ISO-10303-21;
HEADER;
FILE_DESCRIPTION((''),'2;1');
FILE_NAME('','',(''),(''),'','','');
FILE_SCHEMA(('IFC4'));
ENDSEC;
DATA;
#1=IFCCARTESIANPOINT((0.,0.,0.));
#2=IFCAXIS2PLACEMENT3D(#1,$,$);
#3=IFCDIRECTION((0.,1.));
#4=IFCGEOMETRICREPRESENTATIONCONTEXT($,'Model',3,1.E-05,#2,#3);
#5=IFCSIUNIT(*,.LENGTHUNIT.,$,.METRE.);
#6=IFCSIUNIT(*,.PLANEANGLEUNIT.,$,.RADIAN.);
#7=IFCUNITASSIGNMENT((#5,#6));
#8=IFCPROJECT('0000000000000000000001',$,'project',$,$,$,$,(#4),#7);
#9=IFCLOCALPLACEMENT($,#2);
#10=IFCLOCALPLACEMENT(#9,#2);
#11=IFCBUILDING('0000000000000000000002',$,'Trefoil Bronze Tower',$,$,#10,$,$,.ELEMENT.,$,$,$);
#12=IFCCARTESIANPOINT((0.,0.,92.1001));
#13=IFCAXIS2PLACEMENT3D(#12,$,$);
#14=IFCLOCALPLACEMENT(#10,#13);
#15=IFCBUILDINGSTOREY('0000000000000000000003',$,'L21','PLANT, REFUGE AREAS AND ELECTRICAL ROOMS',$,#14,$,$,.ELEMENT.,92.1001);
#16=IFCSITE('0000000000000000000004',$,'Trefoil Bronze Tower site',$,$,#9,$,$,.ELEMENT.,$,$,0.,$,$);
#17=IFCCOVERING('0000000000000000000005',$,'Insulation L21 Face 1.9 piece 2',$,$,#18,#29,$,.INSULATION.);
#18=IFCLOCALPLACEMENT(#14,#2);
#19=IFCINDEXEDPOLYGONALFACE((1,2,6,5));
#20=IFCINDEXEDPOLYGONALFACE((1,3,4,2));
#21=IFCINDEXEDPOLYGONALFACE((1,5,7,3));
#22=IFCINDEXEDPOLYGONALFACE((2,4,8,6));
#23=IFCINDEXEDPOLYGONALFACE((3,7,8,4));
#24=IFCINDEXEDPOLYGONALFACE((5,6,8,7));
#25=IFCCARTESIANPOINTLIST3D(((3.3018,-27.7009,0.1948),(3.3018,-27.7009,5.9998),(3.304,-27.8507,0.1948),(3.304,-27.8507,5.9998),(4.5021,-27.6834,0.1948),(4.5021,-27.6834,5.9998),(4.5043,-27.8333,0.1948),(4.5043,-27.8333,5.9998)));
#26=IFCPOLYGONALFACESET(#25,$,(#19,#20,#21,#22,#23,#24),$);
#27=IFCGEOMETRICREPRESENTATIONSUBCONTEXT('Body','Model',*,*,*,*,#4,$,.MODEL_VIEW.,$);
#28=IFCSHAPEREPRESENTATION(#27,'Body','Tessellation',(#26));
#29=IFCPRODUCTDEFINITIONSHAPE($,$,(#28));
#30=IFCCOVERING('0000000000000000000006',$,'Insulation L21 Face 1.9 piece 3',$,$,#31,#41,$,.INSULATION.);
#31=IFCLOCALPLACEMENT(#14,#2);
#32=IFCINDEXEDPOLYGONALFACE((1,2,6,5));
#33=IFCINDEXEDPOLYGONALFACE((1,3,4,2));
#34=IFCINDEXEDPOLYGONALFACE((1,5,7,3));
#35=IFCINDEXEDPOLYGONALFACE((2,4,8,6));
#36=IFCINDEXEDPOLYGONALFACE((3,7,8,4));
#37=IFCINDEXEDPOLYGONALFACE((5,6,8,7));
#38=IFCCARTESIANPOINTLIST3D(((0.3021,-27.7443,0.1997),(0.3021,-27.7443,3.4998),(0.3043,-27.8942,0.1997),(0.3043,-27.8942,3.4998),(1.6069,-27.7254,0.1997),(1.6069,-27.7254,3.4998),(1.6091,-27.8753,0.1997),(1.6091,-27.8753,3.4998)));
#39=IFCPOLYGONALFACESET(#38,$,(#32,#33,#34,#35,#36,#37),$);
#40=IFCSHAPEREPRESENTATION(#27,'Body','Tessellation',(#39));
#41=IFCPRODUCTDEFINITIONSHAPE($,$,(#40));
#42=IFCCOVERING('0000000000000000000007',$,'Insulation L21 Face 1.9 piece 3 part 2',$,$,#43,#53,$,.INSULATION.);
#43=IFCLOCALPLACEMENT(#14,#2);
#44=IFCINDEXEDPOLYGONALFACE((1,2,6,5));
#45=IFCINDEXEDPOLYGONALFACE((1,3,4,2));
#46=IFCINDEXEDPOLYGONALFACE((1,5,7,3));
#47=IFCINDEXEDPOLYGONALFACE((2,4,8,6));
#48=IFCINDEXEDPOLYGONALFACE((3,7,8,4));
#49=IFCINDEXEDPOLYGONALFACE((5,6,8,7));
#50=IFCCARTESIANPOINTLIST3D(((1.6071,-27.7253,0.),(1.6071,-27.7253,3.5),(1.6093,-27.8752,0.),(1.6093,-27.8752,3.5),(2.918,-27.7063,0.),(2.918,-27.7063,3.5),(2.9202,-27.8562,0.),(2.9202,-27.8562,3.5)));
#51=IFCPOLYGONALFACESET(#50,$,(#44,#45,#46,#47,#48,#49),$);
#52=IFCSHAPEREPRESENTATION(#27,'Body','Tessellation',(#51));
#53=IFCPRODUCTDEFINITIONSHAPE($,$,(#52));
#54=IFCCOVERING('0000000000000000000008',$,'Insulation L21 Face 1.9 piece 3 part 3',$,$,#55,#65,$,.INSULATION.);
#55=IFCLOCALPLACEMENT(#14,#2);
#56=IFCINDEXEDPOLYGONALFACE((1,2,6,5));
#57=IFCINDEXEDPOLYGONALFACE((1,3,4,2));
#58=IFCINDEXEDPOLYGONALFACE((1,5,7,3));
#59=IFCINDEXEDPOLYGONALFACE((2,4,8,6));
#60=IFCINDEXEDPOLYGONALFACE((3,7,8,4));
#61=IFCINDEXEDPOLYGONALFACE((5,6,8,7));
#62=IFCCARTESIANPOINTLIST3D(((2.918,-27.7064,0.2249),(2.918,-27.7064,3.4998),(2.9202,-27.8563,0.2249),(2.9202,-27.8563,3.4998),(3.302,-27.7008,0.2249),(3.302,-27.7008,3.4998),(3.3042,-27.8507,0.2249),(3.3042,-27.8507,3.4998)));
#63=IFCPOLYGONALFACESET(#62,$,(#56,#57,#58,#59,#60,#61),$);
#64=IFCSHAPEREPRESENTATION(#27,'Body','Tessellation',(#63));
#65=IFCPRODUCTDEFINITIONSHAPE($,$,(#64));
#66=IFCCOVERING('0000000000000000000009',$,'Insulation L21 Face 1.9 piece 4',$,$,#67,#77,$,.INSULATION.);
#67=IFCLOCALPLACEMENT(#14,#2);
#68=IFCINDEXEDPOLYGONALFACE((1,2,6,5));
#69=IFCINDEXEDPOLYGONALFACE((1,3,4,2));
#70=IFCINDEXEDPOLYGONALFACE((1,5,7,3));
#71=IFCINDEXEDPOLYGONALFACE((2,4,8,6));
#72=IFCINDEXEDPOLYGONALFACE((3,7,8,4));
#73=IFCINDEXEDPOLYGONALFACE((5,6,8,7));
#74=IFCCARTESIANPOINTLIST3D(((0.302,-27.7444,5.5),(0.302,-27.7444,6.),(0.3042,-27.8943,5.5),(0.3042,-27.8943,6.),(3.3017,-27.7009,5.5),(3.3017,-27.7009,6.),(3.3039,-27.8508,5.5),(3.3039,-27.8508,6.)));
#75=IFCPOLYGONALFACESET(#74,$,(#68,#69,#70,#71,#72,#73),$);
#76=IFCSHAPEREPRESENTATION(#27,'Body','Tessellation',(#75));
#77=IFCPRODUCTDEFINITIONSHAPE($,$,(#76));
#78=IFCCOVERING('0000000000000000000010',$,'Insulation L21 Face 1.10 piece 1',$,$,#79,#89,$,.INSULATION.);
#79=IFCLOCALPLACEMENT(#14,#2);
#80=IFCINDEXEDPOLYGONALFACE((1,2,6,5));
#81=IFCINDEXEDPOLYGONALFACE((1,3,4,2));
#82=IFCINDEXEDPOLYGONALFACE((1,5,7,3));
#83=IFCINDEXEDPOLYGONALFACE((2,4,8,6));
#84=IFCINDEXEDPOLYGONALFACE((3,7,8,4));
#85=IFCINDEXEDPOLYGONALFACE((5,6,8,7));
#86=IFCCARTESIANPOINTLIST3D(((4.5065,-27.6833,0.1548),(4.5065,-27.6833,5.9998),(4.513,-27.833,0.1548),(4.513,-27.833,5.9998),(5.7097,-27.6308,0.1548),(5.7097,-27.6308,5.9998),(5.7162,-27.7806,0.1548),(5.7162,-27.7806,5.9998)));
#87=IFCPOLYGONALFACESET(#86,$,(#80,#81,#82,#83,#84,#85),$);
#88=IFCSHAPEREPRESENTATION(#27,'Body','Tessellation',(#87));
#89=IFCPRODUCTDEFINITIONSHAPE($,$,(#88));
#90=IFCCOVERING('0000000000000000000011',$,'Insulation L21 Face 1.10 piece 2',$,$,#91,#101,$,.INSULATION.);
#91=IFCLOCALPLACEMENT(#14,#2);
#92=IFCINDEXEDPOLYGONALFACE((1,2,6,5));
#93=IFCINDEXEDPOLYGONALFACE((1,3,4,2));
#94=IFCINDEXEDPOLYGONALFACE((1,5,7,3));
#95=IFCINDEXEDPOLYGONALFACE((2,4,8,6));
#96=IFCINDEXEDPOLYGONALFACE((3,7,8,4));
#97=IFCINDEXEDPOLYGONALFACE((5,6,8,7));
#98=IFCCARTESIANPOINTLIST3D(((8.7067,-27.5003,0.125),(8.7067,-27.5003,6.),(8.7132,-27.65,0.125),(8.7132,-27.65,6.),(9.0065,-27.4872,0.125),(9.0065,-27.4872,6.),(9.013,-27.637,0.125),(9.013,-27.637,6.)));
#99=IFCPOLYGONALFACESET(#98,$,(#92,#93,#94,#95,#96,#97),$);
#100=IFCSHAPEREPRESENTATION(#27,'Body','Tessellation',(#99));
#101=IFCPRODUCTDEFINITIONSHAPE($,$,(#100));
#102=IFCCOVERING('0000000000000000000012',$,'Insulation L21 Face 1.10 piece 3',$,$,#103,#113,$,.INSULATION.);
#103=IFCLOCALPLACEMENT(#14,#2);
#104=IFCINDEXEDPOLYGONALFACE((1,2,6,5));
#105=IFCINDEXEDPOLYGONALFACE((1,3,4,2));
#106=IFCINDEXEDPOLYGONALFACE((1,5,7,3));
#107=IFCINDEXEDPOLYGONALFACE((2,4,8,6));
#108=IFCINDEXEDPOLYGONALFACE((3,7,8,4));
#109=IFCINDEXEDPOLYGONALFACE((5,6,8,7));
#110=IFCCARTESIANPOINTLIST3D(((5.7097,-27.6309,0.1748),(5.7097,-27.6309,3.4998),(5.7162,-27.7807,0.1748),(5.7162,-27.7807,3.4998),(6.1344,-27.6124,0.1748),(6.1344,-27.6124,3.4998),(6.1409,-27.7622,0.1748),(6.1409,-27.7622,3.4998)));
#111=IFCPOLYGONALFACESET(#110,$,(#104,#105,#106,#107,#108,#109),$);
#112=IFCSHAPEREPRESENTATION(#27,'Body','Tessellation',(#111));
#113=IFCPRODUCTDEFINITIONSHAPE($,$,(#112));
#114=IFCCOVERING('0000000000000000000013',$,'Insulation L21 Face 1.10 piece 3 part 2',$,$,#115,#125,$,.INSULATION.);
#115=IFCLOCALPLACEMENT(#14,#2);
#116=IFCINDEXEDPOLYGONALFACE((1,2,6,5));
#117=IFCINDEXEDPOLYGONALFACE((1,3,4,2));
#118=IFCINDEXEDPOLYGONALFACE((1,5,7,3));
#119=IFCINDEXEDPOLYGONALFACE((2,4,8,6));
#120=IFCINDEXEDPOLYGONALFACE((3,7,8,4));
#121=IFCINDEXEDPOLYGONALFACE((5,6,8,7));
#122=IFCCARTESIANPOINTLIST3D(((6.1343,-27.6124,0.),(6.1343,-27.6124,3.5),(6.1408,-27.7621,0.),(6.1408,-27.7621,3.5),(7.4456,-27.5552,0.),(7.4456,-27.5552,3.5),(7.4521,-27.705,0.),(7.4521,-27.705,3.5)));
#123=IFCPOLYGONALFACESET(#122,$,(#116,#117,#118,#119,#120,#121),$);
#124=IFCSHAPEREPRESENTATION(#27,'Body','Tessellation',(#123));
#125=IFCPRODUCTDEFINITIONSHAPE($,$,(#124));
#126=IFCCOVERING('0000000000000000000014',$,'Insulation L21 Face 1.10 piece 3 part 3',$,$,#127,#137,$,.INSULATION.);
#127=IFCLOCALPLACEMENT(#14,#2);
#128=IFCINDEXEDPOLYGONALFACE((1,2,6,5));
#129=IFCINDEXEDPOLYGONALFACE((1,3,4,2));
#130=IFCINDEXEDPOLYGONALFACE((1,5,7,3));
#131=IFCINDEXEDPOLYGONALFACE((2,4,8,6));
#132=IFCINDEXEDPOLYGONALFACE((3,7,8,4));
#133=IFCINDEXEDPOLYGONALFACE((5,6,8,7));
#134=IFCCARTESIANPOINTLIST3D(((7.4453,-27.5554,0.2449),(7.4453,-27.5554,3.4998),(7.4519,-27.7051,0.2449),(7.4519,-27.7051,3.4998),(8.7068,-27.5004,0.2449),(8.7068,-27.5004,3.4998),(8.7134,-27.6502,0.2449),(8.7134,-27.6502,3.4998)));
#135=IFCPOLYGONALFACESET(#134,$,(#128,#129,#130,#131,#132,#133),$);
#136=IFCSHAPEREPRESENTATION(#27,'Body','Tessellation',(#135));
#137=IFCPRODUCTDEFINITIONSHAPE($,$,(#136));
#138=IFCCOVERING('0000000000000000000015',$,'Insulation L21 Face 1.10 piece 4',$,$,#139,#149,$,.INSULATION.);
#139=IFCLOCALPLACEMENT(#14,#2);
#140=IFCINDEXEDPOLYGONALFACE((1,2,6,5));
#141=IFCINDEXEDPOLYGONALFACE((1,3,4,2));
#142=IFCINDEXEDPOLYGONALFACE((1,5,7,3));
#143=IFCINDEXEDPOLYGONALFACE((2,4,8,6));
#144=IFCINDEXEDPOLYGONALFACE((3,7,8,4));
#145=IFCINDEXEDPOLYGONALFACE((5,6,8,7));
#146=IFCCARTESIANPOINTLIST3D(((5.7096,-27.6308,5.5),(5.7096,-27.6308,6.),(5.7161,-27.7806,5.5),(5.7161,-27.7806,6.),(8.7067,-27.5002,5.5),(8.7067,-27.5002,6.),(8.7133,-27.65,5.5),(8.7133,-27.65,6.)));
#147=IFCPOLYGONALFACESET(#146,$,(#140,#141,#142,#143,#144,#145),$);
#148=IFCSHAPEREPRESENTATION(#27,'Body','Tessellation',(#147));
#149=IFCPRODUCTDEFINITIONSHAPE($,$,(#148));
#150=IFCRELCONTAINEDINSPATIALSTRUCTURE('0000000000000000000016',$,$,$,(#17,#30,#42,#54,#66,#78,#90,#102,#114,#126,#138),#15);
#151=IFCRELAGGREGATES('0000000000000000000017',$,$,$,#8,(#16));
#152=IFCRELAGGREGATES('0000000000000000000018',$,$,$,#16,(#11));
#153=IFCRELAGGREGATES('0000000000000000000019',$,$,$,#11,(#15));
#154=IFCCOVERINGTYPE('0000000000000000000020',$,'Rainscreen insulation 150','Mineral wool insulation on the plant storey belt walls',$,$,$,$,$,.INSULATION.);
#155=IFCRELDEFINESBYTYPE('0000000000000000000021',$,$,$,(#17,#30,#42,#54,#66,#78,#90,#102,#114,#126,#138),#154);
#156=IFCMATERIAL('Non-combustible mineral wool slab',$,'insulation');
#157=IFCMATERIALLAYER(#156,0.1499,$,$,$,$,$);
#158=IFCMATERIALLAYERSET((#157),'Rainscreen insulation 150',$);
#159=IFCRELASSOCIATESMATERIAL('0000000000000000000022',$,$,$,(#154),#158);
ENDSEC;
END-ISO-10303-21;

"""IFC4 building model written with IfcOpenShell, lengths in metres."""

from ifc_helpers import new_model, si_unit, direction, frame, origin, origin_2d, place, context, subcontext, project, spatial, rectangle, extrude, material, layer, layer_set, type_object, element, save


model = new_model("IFC4")

# Units and contexts
model_context = context("Model", 3, precision=1e-05, world=origin(), true_north=direction((0.0, 1.0)))
body_context = subcontext(model_context, "Body", "Model", "MODEL_VIEW")
ifc_project = project(units=[si_unit("LENGTHUNIT", "METRE"), si_unit("PLANEANGLEUNIT", "RADIAN")], contexts=[model_context])

# Site, building, storey
site_placement = place(None, origin())
site = spatial("IfcSite", under=ifc_project, at=site_placement, Name="Trefoil Bronze Tower site", CompositionType="ELEMENT", RefElevation=0.0)
building_placement = place(site_placement, origin())
building = spatial("IfcBuilding", under=site, at=building_placement, Name="Trefoil Bronze Tower", CompositionType="ELEMENT")
storey_placement = place(building_placement, frame((0.0, 0.0, 92.1001)))
storey = spatial("IfcBuildingStorey", under=building, at=storey_placement, Name="L21", Description="PLANT, REFUGE AREAS AND ELECTRICAL ROOMS", CompositionType="ELEMENT", Elevation=92.1001)

# Coverings
ifc_material_1 = material(Name="Non-combustible mineral wool slab", Category="insulation")
ifc_layer_1 = layer(ifc_material_1, 0.1499)
ifc_layer_set_1 = layer_set([ifc_layer_1], Name="Rainscreen insulation 150")
covering_type_1 = type_object("IfcCoveringType", Name="Rainscreen insulation 150", Description="Mineral wool insulation on the plant storey belt walls", PredefinedType="INSULATION", material=ifc_layer_set_1)
covering_1_placement = place(storey_placement, frame((3.9031, -27.7671, 0.1948), z_axis=(0.0, 0.0, 1.0), x_axis=(0.999895, 0.014509, 0.0)))
element("IfcCovering", 1, at=covering_1_placement, inside=storey, type_object=covering_type_1, Name="Insulation L21 Face 1.9 piece 2", PredefinedType="INSULATION", context=body_context, shape_type="SweptSolid", body=[
    extrude(rectangle(XDim=1.2004, YDim=0.1499, at=origin_2d()), origin(), (0.0, 0.0, 1.0), 5.8049),
])
covering_2_placement = place(storey_placement, frame((0.9556, -27.8098, 0.1997), z_axis=(0.0, 0.0, 1.0), x_axis=(0.999895, 0.014509, 0.0)))
element("IfcCovering", 2, at=covering_2_placement, inside=storey, type_object=covering_type_1, Name="Insulation L21 Face 1.9 piece 3", PredefinedType="INSULATION", context=body_context, shape_type="SweptSolid", body=[
    extrude(rectangle(XDim=1.3049, YDim=0.1499, at=origin_2d()), origin(), (0.0, 0.0, 1.0), 3.3),
])
covering_3_placement = place(storey_placement, frame((2.2637, -27.7908, 0.0), z_axis=(0.0, 0.0, 1.0), x_axis=(0.999895, 0.014509, 0.0)))
element("IfcCovering", 3, at=covering_3_placement, inside=storey, type_object=covering_type_1, Name="Insulation L21 Face 1.9 piece 3 part 2", PredefinedType="INSULATION", context=body_context, shape_type="SweptSolid", body=[
    extrude(rectangle(XDim=1.311, YDim=0.1499, at=origin_2d()), origin(), (0.0, 0.0, 1.0), 3.5),
])
covering_4_placement = place(storey_placement, frame((3.1111, -27.7786, 0.2249), z_axis=(0.0, 0.0, 1.0), x_axis=(0.999895, 0.014509, 0.0)))
element("IfcCovering", 4, at=covering_4_placement, inside=storey, type_object=covering_type_1, Name="Insulation L21 Face 1.9 piece 3 part 3", PredefinedType="INSULATION", context=body_context, shape_type="SweptSolid", body=[
    extrude(rectangle(XDim=0.384, YDim=0.1499, at=origin_2d()), origin(), (0.0, 0.0, 1.0), 3.2749),
])
covering_5_placement = place(storey_placement, frame((1.803, -27.7976, 5.5), z_axis=(0.0, 0.0, 1.0), x_axis=(0.999895, 0.014509, 0.0)))
element("IfcCovering", 5, at=covering_5_placement, inside=storey, type_object=covering_type_1, Name="Insulation L21 Face 1.9 piece 4", PredefinedType="INSULATION", context=body_context, shape_type="SweptSolid", body=[
    extrude(rectangle(XDim=3.0, YDim=0.1499, at=origin_2d()), origin(), (0.0, 0.0, 1.0), 0.5),
])
covering_6_placement = place(storey_placement, frame((5.1113, -27.7319, 0.1548), z_axis=(0.0, 0.0, 1.0), x_axis=(0.999052, 0.043528, 0.0)))
element("IfcCovering", 6, at=covering_6_placement, inside=storey, type_object=covering_type_1, Name="Insulation L21 Face 1.10 piece 1", PredefinedType="INSULATION", context=body_context, shape_type="SweptSolid", body=[
    extrude(rectangle(XDim=1.2043, YDim=0.1499, at=origin_2d()), origin(), (0.0, 0.0, 1.0), 5.845),
])
covering_7_placement = place(storey_placement, frame((8.8599, -27.5686, 0.125), z_axis=(0.0, 0.0, 1.0), x_axis=(0.999052, 0.043528, 0.0)))
element("IfcCovering", 7, at=covering_7_placement, inside=storey, type_object=covering_type_1, Name="Insulation L21 Face 1.10 piece 2", PredefinedType="INSULATION", context=body_context, shape_type="SweptSolid", body=[
    extrude(rectangle(XDim=0.3, YDim=0.1499, at=origin_2d()), origin(), (0.0, 0.0, 1.0), 5.875),
])
covering_8_placement = place(storey_placement, frame((5.9253, -27.6965, 0.1748), z_axis=(0.0, 0.0, 1.0), x_axis=(0.999052, 0.043528, 0.0)))
element("IfcCovering", 8, at=covering_8_placement, inside=storey, type_object=covering_type_1, Name="Insulation L21 Face 1.10 piece 3", PredefinedType="INSULATION", context=body_context, shape_type="SweptSolid", body=[
    extrude(rectangle(XDim=0.425, YDim=0.1499, at=origin_2d()), origin(), (0.0, 0.0, 1.0), 3.325),
])
covering_9_placement = place(storey_placement, frame((6.7932, -27.6587, 0.0), z_axis=(0.0, 0.0, 1.0), x_axis=(0.999052, 0.043528, 0.0)))
element("IfcCovering", 9, at=covering_9_placement, inside=storey, type_object=covering_type_1, Name="Insulation L21 Face 1.10 piece 3 part 2", PredefinedType="INSULATION", context=body_context, shape_type="SweptSolid", body=[
    extrude(rectangle(XDim=1.3125, YDim=0.1499, at=origin_2d()), origin(), (0.0, 0.0, 1.0), 3.5),
])
covering_10_placement = place(storey_placement, frame((8.0793, -27.6028, 0.2449), z_axis=(0.0, 0.0, 1.0), x_axis=(0.999052, 0.043528, 0.0)))
element("IfcCovering", 10, at=covering_10_placement, inside=storey, type_object=covering_type_1, Name="Insulation L21 Face 1.10 piece 3 part 3", PredefinedType="INSULATION", context=body_context, shape_type="SweptSolid", body=[
    extrude(rectangle(XDim=1.2627, YDim=0.1499, at=origin_2d()), origin(), (0.0, 0.0, 1.0), 3.2549),
])
covering_11_placement = place(storey_placement, frame((7.2114, -27.6404, 5.5), z_axis=(0.0, 0.0, 1.0), x_axis=(0.999052, 0.043528, 0.0)))
element("IfcCovering", 11, at=covering_11_placement, inside=storey, type_object=covering_type_1, Name="Insulation L21 Face 1.10 piece 4", PredefinedType="INSULATION", context=body_context, shape_type="SweptSolid", body=[
    extrude(rectangle(XDim=3.0, YDim=0.1499, at=origin_2d()), origin(), (0.0, 0.0, 1.0), 0.5),
])

save(model, "model.ifc")
